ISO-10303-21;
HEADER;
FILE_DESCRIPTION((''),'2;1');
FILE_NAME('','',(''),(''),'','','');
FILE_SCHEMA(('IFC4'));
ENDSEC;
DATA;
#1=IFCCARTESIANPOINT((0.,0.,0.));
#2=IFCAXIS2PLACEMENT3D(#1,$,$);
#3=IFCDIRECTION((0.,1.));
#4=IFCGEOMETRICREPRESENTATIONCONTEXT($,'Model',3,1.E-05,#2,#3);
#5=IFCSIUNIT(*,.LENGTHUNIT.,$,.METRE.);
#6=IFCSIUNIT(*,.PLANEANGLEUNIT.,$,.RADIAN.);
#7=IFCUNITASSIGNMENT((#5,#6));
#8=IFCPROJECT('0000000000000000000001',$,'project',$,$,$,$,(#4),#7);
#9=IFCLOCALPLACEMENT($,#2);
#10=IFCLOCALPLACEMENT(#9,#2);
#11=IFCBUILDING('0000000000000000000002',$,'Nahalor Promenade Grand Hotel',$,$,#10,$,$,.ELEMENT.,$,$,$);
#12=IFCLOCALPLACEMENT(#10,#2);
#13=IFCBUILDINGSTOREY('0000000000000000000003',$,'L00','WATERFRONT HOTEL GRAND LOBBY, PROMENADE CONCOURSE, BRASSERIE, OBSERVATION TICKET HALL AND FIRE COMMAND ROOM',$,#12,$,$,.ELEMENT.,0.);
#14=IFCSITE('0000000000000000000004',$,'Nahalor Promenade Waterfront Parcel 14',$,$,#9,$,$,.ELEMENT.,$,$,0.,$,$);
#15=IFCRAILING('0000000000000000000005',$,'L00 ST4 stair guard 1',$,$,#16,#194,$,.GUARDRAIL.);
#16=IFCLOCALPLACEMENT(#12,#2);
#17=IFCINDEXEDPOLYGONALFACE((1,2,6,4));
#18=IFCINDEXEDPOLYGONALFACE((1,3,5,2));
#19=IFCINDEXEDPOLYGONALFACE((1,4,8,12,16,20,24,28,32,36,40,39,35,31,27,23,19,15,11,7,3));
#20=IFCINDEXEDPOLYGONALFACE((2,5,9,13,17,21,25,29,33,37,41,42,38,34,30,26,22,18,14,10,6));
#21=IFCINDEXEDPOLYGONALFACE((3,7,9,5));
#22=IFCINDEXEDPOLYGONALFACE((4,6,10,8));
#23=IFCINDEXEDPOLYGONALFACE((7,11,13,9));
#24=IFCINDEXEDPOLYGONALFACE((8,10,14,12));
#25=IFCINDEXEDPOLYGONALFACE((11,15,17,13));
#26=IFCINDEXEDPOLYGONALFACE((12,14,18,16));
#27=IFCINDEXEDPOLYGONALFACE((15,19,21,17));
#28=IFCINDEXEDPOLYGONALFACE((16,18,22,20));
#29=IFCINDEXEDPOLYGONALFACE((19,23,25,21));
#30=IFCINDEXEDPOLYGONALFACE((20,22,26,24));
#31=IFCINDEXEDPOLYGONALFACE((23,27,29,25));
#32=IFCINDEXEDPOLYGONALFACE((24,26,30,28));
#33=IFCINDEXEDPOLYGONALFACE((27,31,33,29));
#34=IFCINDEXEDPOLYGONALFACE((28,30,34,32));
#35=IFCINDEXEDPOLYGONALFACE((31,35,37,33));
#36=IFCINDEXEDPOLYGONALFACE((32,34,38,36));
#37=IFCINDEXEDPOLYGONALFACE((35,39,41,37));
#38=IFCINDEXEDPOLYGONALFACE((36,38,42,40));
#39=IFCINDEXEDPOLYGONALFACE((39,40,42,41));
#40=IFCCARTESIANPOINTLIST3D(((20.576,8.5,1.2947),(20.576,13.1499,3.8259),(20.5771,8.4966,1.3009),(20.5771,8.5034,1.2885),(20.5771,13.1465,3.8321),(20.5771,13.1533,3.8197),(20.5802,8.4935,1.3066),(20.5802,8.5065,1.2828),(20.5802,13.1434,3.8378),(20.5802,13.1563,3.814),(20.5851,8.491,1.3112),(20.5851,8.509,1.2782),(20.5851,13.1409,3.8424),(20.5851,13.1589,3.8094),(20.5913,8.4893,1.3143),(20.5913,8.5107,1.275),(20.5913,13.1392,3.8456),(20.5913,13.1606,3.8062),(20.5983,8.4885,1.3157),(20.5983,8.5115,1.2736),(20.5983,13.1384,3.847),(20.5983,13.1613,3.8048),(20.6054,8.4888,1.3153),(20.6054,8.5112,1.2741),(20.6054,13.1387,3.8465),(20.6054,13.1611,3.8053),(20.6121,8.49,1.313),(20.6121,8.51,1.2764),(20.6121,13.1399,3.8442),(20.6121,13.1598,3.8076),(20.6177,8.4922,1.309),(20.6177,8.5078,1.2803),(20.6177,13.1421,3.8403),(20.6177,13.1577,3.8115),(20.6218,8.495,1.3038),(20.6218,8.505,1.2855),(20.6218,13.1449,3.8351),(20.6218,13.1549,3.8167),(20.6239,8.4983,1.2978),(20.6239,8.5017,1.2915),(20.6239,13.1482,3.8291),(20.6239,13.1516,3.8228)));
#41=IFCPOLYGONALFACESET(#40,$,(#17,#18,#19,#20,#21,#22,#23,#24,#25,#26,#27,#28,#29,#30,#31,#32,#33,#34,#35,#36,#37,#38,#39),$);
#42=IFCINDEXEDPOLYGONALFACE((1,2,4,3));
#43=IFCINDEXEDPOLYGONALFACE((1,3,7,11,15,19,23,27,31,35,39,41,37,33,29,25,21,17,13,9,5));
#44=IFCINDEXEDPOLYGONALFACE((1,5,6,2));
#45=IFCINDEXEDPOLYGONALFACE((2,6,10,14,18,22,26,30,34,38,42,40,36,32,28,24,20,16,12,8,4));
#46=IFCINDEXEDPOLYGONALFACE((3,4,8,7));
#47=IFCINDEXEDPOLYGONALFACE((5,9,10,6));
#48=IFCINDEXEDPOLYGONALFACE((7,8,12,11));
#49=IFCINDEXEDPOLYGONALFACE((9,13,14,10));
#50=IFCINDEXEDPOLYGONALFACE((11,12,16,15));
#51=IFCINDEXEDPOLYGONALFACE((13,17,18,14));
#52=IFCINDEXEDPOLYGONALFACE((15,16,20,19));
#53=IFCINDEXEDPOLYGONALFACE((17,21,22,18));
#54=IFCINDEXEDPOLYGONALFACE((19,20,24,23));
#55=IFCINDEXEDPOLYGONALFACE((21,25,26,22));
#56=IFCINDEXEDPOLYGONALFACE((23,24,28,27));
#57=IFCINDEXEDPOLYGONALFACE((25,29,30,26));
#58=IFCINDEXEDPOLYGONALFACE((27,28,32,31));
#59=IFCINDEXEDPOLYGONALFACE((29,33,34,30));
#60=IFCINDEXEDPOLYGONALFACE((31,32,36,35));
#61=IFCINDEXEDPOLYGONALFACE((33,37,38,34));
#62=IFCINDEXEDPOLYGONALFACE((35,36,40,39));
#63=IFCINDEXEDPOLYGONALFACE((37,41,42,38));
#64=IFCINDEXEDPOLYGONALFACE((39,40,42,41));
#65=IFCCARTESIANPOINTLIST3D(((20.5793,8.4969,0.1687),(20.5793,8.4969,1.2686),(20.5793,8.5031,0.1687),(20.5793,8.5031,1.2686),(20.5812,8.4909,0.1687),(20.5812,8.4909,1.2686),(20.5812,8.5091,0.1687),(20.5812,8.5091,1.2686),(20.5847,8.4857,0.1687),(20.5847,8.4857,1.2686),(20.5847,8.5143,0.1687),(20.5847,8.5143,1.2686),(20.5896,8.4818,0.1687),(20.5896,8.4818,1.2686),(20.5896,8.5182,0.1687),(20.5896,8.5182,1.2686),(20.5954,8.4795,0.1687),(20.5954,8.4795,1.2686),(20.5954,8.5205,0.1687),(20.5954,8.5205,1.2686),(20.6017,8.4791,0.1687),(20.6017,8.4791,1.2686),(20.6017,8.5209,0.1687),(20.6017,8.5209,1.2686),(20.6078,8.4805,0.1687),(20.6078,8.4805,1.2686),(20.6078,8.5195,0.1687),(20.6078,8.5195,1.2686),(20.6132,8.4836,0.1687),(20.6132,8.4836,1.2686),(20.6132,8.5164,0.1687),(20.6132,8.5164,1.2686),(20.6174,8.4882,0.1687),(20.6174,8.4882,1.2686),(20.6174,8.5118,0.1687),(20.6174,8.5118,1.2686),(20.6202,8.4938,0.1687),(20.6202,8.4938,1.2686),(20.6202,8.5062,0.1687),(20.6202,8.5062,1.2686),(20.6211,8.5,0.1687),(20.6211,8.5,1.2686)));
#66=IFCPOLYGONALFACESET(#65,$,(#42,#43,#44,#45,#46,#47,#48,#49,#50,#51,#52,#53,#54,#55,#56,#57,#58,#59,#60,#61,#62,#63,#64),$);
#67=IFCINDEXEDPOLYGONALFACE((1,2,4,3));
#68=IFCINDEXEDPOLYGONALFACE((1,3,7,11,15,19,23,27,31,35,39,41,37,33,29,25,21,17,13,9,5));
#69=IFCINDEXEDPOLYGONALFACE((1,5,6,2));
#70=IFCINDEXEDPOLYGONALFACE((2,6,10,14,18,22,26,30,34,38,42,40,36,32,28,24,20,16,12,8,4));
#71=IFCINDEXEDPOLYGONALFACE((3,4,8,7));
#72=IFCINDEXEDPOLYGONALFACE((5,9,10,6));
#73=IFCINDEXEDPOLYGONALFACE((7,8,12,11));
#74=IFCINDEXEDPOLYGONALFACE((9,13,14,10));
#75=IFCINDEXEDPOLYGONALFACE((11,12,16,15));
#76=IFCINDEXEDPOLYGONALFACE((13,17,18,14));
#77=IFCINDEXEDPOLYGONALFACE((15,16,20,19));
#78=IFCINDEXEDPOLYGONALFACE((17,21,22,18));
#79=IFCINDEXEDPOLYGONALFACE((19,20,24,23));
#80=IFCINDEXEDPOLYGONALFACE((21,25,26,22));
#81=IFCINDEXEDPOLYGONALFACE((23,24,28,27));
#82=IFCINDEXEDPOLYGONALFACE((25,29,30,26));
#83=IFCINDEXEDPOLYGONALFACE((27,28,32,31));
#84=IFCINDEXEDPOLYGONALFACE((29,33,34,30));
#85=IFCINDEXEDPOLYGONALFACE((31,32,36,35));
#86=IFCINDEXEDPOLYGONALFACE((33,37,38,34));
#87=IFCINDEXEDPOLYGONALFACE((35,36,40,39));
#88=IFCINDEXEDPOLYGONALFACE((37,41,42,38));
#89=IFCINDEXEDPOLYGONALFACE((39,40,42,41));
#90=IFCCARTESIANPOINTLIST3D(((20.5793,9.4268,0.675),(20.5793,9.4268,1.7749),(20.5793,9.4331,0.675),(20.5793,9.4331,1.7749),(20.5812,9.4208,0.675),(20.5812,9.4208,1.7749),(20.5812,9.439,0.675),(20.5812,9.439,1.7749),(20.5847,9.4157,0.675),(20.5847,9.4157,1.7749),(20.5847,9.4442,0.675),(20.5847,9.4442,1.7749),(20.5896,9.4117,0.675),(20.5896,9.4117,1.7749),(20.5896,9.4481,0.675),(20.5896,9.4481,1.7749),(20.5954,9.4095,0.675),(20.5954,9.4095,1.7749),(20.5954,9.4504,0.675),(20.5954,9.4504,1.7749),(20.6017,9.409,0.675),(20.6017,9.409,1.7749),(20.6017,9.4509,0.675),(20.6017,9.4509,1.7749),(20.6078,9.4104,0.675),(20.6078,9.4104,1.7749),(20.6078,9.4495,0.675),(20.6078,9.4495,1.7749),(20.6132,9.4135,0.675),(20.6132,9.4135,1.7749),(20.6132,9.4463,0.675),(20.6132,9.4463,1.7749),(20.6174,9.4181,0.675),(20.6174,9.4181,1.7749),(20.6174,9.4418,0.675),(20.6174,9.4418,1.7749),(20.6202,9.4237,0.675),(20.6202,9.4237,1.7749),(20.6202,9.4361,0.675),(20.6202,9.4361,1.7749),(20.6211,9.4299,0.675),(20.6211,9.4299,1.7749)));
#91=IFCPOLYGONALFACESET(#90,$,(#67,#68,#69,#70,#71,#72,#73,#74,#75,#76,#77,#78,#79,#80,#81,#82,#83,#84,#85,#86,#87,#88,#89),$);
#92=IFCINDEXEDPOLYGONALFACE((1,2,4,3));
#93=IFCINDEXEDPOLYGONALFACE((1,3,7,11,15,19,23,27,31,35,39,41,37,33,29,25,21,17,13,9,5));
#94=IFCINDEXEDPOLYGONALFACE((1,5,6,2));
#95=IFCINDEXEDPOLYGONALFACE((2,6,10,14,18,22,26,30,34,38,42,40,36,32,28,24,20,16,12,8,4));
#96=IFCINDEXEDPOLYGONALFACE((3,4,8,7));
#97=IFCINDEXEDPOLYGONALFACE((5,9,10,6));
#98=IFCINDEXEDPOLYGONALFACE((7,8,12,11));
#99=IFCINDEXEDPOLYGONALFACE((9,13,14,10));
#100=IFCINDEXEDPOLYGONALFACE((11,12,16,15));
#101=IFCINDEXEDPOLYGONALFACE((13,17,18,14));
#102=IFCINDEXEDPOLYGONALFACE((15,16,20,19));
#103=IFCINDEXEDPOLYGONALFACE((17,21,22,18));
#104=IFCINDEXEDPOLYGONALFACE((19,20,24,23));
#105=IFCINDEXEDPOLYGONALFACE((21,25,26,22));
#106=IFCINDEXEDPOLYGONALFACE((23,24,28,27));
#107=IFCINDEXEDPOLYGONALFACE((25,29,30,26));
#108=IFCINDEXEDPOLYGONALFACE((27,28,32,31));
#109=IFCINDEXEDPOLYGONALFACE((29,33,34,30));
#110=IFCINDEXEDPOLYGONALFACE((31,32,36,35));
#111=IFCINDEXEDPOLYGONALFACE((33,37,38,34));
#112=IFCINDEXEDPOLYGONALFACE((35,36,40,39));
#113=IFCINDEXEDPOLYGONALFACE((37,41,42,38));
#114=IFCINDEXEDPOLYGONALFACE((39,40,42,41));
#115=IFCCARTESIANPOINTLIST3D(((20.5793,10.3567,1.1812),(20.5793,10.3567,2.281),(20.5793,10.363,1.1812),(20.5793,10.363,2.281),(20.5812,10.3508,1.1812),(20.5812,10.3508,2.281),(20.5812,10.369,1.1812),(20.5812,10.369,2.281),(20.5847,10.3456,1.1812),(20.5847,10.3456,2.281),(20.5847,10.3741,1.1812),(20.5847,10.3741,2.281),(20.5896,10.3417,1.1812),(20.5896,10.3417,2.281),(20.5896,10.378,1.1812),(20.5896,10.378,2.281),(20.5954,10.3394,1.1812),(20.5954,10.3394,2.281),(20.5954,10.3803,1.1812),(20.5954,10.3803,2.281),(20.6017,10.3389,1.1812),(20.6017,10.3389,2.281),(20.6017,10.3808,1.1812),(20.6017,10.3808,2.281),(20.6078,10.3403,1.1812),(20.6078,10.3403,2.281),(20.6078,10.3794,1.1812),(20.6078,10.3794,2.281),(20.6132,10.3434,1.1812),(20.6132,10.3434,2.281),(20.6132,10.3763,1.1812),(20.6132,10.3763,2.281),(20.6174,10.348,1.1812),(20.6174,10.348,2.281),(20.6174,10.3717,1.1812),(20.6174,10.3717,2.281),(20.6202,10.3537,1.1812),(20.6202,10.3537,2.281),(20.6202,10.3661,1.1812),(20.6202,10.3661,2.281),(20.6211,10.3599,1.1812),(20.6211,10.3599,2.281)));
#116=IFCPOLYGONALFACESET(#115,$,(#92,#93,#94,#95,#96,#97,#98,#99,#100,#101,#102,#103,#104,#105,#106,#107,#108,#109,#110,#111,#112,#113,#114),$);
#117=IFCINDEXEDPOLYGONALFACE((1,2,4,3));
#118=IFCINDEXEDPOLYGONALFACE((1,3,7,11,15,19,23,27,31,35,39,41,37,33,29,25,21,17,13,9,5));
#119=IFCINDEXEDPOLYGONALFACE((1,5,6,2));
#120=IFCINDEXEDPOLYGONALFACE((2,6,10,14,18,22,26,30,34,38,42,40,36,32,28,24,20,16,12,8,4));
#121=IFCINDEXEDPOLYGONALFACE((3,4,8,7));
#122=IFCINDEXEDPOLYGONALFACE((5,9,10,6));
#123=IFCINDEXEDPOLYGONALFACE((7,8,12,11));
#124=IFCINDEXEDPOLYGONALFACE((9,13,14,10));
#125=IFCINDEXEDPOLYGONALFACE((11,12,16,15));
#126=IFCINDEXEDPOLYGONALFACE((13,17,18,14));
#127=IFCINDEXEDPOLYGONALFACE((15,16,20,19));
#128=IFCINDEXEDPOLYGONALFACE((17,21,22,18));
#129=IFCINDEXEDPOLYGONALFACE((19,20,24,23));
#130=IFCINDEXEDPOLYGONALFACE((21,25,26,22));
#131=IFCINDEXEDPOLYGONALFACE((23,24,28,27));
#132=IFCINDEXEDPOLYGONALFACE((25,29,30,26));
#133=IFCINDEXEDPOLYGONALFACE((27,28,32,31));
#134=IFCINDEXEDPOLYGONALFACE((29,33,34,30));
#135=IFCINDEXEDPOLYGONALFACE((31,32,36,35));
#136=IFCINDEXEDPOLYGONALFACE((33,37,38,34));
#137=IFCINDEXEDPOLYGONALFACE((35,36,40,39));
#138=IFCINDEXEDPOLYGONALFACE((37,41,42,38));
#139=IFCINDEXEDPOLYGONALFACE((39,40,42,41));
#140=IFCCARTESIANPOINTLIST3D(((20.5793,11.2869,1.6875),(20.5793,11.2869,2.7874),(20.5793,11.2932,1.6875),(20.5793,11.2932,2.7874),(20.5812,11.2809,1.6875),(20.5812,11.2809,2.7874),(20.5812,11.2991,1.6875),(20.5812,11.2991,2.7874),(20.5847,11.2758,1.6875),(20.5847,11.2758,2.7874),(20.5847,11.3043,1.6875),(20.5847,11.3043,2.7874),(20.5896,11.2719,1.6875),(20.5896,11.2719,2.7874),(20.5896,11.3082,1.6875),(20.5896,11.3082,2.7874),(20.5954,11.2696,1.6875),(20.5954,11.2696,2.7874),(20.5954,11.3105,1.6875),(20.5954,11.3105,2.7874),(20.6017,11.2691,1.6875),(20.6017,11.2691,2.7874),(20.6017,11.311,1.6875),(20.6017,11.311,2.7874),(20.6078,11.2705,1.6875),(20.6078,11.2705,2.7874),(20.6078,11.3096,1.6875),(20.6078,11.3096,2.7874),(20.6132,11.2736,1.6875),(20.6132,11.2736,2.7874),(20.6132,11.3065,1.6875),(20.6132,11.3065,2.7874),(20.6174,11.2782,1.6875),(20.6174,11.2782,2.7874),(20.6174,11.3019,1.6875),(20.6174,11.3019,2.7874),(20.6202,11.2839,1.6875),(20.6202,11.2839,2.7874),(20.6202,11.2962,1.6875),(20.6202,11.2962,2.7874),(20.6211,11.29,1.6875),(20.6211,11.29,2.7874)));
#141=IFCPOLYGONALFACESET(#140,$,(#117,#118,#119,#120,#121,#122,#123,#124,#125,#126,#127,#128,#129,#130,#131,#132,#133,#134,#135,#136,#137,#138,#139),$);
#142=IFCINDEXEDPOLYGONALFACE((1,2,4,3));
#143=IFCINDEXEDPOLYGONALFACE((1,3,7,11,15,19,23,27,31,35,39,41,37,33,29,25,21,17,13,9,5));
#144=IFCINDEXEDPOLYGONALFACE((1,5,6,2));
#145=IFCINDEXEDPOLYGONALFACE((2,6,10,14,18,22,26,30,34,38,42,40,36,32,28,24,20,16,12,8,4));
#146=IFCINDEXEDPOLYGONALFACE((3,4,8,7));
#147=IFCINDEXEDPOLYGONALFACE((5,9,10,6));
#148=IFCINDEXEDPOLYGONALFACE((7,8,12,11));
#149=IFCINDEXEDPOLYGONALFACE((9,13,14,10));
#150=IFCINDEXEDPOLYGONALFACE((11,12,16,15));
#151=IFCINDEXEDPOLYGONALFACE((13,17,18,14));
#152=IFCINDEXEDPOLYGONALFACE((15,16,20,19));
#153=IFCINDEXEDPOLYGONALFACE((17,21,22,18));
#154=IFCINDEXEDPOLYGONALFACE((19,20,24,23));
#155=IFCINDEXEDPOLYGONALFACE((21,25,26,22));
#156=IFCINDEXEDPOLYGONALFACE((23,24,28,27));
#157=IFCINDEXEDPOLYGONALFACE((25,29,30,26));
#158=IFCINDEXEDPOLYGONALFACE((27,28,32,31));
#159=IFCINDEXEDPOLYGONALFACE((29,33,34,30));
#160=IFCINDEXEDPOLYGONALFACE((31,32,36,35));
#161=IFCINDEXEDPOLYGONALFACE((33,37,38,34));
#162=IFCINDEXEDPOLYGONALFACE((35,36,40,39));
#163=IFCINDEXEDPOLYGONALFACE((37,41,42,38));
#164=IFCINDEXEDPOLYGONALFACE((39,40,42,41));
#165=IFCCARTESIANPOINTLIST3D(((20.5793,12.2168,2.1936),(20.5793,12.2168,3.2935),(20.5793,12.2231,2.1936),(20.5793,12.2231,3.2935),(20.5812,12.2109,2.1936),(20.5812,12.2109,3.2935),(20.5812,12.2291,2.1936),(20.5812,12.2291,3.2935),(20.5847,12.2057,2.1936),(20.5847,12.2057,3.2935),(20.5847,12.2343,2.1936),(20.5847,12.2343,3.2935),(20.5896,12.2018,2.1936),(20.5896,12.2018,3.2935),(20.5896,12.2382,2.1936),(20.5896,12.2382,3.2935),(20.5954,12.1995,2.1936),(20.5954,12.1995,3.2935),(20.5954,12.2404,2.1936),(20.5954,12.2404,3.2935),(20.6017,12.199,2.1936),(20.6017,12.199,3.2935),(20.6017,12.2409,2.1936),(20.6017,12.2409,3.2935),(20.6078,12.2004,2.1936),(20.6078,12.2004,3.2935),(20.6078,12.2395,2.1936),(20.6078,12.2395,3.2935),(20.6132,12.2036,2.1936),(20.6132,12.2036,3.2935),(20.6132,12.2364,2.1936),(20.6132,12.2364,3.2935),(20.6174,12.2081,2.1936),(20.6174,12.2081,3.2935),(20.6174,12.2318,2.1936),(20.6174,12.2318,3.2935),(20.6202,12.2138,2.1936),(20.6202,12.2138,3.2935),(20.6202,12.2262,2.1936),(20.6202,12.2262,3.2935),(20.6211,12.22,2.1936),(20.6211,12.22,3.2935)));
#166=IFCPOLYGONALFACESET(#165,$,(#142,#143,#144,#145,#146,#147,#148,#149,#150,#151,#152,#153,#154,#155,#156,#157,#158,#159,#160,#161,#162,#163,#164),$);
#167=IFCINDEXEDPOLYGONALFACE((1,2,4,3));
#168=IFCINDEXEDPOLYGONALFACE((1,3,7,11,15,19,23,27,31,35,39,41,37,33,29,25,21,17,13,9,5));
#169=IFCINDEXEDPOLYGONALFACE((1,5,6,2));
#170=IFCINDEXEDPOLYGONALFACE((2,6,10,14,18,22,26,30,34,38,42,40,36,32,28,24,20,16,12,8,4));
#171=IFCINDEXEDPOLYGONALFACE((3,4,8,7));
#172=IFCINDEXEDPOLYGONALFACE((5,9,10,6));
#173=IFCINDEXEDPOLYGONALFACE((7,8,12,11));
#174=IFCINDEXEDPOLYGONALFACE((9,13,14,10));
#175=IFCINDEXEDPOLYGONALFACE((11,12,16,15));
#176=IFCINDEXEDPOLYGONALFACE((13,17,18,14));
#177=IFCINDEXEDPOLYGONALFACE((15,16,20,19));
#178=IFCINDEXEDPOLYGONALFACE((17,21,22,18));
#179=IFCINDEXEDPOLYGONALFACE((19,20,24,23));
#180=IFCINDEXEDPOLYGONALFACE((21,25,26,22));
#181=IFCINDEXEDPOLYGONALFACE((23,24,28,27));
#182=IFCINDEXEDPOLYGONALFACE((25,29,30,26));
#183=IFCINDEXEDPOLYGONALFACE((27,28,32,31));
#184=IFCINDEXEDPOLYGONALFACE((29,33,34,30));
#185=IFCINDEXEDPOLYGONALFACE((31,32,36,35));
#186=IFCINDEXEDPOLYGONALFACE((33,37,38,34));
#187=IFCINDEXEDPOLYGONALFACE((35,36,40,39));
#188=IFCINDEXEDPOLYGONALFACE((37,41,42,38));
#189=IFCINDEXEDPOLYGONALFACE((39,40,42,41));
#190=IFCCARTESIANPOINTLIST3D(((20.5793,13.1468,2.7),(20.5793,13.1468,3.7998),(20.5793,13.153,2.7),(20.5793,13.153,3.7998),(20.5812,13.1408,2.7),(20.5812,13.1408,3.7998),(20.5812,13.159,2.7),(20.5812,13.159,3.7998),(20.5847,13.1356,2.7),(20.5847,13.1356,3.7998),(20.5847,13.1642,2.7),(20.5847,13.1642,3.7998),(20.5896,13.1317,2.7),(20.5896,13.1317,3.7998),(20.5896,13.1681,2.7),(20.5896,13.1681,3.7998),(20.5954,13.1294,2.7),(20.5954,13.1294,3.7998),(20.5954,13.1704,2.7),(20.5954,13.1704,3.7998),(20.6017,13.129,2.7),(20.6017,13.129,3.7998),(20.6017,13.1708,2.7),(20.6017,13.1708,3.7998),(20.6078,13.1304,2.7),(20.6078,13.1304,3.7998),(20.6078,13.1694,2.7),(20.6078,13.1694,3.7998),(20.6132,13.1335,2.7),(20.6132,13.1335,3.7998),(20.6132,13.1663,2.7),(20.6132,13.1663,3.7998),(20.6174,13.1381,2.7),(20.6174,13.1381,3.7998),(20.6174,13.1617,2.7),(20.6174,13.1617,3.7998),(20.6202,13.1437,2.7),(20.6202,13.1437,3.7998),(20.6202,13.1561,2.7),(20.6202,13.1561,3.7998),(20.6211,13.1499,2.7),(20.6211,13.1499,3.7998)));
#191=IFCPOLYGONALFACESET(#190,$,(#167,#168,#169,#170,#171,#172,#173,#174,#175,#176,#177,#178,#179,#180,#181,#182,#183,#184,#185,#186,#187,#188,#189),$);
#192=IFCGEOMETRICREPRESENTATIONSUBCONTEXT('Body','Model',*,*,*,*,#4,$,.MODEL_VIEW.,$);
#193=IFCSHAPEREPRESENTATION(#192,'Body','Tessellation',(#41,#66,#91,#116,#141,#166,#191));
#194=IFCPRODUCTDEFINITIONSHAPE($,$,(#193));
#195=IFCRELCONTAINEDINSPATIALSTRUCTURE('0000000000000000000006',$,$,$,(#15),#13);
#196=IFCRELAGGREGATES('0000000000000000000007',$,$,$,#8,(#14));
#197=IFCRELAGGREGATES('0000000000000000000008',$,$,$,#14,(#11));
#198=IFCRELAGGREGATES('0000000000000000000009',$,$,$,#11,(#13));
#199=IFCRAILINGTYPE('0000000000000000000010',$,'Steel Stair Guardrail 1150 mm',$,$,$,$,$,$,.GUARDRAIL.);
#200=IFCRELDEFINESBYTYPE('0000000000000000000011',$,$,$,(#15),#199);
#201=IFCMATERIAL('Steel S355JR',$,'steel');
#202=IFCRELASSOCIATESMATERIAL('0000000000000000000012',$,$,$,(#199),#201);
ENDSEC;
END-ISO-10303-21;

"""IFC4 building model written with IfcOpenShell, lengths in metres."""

from ifc_helpers import new_model, si_unit, direction, frame, origin, origin_2d, place, context, subcontext, project, spatial, circle, extrude, material, type_object, element, save


model = new_model("IFC4")

# Units and contexts
model_context = context("Model", 3, precision=1e-05, world=origin(), true_north=direction((0.0, 1.0)))
body_context = subcontext(model_context, "Body", "Model", "MODEL_VIEW")
ifc_project = project(units=[si_unit("LENGTHUNIT", "METRE"), si_unit("PLANEANGLEUNIT", "RADIAN")], contexts=[model_context])

# Site, building, storey
site_placement = place(None, origin())
site = spatial("IfcSite", under=ifc_project, at=site_placement, Name="Nahalor Promenade Waterfront Parcel 14", CompositionType="ELEMENT", RefElevation=0.0)
building_placement = place(site_placement, origin())
building = spatial("IfcBuilding", under=site, at=building_placement, Name="Nahalor Promenade Grand Hotel", CompositionType="ELEMENT")
storey_placement = place(building_placement, origin())
storey = spatial("IfcBuildingStorey", under=building, at=storey_placement, Name="L00", Description="WATERFRONT HOTEL GRAND LOBBY, PROMENADE CONCOURSE, BRASSERIE, OBSERVATION TICKET HALL AND FIRE COMMAND ROOM", CompositionType="ELEMENT", Elevation=0.0)

# Shared definitions
ifc_material_1 = material(Name="Steel S355JR", Category="steel")

# Railing
railing_type_1 = type_object("IfcRailingType", Name="Steel Stair Guardrail 1150 mm", PredefinedType="GUARDRAIL", material=ifc_material_1)
railing_1_placement = place(storey_placement, frame((20.6001, 8.5, 0.1687)))
element("IfcRailing", 1, at=railing_1_placement, inside=storey, type_object=railing_type_1, Name="L00 ST4 stair guard 1", PredefinedType="GUARDRAIL", context=body_context, shape_type="SweptSolid", body=[
    extrude(circle(Radius=0.024, at=origin_2d()), frame((0.0, 0.0, 1.126), z_axis=(0.0, 0.878297, 0.478115), x_axis=(-1.0, 0.0, 0.0)), (0.0, 0.0, 1.0), 5.2942),
    extrude(circle(Radius=0.021, at=origin_2d()), origin(), (0.0, 0.0, 1.0), 1.0999),
    extrude(circle(Radius=0.021, at=origin_2d()), frame((0.0, 0.9299, 0.5063)), (0.0, 0.0, 1.0), 1.0999),
    extrude(circle(Radius=0.021, at=origin_2d()), frame((0.0, 1.8599, 1.0125)), (0.0, 0.0, 1.0), 1.0999),
    extrude(circle(Radius=0.021, at=origin_2d()), frame((0.0, 2.79, 1.5188)), (0.0, 0.0, 1.0), 1.0999),
    extrude(circle(Radius=0.021, at=origin_2d()), frame((0.0, 3.72, 2.0249)), (0.0, 0.0, 1.0), 1.0999),
    extrude(circle(Radius=0.021, at=origin_2d()), frame((0.0, 4.6499, 2.5312)), (0.0, 0.0, 1.0), 1.0999),
])

save(model, "model.ifc")
